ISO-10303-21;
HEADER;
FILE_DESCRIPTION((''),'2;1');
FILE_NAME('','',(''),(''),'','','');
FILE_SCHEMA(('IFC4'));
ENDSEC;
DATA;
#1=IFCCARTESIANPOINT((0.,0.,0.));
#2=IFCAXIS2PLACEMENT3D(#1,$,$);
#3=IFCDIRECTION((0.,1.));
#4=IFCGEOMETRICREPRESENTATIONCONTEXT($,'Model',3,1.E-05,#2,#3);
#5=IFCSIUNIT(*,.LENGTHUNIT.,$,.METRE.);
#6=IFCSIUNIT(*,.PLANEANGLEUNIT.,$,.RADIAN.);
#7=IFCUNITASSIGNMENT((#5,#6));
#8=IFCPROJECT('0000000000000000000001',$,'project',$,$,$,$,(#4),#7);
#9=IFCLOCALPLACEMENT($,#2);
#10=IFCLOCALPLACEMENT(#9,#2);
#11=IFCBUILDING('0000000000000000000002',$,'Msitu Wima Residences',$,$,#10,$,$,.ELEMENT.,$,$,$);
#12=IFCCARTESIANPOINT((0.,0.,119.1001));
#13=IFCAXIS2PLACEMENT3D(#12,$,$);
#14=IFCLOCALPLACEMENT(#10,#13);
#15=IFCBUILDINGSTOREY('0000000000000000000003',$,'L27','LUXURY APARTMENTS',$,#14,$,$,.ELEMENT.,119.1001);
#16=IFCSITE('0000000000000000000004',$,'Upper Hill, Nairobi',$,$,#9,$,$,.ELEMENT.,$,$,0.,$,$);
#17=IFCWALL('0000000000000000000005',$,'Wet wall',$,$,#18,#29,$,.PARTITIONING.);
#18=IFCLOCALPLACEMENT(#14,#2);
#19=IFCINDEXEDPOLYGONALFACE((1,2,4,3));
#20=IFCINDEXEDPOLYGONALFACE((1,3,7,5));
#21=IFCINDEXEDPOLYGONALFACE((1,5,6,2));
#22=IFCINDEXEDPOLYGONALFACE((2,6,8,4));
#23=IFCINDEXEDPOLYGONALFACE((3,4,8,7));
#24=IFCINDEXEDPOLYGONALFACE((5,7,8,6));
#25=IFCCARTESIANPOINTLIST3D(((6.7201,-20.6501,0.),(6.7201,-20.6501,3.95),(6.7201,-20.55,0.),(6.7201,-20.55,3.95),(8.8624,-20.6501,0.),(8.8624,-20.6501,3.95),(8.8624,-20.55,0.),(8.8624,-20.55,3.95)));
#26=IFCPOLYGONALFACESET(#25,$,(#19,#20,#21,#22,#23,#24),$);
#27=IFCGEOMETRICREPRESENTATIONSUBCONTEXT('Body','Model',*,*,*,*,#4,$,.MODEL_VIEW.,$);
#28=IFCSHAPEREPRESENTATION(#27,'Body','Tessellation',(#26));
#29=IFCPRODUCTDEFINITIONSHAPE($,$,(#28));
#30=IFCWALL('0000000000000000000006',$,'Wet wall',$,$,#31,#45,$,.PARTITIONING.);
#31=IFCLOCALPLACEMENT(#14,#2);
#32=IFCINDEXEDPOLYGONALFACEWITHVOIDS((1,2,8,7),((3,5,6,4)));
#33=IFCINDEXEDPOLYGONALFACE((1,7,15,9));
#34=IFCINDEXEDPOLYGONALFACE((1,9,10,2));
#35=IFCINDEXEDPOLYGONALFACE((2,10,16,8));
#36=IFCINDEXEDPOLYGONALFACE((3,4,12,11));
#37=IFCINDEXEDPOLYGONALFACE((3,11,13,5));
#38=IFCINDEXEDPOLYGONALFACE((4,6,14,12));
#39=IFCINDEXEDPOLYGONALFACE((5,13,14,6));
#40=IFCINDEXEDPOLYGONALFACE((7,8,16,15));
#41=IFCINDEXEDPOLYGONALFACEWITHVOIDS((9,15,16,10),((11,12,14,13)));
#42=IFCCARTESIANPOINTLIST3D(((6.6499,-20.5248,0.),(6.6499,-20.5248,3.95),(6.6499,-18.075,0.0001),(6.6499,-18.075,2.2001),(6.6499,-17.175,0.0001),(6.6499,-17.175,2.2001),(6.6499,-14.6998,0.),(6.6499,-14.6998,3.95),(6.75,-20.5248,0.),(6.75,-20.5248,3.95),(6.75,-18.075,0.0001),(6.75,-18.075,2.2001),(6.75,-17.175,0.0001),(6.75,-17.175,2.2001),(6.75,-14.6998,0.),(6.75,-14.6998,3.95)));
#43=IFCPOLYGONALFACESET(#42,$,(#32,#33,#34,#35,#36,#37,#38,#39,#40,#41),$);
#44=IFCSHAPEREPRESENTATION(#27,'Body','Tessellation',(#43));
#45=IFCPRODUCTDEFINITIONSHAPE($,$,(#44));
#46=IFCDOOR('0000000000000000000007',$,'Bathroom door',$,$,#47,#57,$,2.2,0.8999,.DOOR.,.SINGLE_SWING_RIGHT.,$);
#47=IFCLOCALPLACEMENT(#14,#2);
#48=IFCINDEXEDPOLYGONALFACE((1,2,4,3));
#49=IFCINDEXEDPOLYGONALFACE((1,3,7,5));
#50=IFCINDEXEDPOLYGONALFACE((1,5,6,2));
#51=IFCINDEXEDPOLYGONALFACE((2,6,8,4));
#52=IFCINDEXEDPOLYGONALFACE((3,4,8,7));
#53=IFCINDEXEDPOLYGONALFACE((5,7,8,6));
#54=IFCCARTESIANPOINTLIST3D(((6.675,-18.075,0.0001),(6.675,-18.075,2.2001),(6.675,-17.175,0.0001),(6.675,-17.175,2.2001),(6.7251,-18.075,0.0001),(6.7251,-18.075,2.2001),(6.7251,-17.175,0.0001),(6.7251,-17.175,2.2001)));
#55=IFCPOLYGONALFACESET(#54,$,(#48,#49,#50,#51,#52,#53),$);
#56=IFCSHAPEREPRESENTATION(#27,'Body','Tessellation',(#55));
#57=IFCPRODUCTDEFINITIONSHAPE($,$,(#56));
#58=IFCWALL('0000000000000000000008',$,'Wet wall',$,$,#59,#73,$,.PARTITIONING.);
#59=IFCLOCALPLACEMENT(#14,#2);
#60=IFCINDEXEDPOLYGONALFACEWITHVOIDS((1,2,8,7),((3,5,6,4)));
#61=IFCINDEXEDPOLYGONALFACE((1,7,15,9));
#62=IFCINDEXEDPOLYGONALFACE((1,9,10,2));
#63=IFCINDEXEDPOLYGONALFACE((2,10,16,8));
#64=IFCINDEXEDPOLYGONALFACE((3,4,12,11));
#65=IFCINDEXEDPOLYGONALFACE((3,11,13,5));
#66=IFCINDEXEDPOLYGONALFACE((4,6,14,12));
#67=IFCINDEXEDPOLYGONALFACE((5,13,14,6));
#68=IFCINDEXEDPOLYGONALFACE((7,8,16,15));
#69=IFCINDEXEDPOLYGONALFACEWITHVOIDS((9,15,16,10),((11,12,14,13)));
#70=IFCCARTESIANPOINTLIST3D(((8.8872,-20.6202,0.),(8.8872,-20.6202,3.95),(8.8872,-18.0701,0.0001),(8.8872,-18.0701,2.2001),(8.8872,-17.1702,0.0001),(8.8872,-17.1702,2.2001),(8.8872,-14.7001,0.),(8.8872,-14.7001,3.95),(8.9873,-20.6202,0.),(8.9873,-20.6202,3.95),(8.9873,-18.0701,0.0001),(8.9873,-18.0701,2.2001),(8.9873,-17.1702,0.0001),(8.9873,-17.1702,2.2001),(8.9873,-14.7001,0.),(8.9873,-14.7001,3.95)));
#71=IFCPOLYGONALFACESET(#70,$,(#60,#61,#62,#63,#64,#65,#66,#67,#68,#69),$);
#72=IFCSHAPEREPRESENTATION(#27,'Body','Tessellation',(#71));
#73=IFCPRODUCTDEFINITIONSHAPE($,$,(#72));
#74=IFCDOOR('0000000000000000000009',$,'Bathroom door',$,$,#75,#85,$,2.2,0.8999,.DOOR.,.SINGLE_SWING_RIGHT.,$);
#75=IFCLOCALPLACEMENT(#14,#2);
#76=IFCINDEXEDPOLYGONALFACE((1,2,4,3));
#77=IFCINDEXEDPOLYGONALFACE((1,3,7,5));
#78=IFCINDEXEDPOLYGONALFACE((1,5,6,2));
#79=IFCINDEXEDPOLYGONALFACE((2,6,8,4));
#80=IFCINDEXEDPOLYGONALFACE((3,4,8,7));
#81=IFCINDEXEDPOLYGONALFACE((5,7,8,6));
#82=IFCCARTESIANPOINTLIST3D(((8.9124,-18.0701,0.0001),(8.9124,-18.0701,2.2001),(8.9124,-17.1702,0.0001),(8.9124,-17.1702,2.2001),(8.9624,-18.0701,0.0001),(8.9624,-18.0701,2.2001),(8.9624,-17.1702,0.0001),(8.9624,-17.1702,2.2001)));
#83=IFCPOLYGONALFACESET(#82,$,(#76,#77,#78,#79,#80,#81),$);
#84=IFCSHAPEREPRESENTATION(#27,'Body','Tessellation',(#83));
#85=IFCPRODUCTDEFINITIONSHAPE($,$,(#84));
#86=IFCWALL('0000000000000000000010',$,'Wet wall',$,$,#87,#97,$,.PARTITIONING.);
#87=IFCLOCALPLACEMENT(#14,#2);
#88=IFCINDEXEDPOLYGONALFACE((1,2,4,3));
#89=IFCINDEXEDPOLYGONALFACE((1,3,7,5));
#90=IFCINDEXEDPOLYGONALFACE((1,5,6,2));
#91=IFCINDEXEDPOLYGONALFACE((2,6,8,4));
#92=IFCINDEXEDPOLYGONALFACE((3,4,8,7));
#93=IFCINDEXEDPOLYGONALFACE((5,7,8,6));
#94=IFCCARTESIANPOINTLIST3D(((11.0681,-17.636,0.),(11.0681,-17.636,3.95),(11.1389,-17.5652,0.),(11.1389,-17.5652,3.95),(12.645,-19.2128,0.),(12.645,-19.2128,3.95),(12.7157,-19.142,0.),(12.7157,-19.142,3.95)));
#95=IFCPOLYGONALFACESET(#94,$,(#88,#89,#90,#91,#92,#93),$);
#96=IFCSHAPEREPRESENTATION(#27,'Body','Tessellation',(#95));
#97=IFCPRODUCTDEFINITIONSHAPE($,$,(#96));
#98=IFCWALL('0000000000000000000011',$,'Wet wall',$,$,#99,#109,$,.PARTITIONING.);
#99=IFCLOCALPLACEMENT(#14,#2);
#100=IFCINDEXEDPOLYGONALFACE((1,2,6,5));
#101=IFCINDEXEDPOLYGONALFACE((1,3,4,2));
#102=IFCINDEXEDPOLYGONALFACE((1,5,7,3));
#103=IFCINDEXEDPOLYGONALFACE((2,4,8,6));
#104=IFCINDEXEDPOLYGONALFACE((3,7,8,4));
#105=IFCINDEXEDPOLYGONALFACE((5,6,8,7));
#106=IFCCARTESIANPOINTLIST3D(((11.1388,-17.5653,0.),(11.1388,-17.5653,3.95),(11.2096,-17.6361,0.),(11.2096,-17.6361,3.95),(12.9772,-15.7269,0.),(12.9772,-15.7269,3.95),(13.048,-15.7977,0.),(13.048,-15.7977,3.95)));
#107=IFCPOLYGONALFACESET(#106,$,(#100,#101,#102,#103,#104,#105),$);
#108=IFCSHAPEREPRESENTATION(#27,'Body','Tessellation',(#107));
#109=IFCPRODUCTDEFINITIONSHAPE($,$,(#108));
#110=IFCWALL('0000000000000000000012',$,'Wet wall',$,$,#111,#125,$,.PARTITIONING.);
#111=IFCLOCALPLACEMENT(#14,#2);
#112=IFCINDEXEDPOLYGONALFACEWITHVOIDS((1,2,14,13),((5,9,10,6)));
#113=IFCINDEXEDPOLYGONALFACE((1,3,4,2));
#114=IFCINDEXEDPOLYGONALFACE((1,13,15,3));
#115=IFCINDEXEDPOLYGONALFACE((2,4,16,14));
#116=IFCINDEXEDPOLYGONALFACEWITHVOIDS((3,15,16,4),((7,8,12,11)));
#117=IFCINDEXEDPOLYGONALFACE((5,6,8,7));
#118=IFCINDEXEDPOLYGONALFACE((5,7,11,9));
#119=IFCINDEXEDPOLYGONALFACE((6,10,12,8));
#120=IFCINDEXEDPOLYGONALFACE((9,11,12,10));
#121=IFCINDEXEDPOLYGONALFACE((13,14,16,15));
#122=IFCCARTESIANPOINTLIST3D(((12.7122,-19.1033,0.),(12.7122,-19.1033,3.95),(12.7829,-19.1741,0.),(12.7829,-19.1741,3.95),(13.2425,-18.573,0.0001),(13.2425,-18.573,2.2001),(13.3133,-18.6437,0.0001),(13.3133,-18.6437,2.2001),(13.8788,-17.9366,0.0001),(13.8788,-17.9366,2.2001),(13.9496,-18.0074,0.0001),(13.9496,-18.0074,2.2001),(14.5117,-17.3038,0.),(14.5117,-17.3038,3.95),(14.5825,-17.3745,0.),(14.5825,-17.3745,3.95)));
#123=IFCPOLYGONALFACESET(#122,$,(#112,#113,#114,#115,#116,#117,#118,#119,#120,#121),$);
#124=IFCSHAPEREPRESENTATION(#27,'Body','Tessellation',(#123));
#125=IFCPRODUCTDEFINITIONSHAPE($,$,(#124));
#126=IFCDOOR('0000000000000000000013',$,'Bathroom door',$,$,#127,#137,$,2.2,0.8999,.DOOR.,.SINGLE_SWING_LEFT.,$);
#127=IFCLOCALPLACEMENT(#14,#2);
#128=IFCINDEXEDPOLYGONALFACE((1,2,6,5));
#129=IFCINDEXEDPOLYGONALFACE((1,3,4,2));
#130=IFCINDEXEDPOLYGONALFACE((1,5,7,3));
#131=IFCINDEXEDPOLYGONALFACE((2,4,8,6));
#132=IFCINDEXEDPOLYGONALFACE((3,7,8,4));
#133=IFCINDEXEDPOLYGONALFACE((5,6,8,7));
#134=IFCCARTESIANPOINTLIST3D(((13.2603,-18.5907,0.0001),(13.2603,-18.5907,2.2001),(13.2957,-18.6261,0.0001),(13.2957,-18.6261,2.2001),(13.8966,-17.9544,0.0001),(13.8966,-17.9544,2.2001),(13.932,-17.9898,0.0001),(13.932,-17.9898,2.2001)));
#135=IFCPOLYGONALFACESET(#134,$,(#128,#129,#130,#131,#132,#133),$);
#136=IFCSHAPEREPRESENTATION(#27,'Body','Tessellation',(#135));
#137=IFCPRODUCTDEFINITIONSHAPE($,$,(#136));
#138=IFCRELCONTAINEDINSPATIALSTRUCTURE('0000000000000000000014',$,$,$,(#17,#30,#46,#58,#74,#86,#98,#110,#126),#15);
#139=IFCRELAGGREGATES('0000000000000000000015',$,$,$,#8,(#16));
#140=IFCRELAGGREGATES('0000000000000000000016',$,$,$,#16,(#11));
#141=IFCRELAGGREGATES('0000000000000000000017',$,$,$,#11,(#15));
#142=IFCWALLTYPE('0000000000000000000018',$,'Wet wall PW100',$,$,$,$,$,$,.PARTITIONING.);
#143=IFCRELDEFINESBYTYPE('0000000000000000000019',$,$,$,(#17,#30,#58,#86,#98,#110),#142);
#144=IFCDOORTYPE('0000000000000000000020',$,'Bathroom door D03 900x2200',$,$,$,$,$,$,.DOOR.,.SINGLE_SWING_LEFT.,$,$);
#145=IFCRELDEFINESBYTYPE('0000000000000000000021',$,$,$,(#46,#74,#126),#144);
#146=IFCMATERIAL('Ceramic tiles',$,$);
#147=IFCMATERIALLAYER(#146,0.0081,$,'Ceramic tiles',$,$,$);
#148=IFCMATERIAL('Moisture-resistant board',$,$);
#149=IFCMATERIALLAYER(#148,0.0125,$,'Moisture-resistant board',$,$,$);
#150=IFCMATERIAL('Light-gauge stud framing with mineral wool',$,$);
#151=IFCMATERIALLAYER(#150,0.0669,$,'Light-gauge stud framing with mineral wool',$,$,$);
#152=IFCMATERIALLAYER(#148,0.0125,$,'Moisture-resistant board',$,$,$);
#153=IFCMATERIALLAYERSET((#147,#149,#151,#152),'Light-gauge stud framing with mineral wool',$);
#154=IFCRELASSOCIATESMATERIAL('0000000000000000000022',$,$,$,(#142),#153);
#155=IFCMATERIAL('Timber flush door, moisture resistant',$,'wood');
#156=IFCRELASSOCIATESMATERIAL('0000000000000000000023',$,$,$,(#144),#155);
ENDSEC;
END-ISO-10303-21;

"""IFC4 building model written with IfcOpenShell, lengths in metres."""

from ifc_helpers import new_model, si_unit, direction, frame, frame_2d, origin, place, context, subcontext, project, spatial, rectangle, extrude, material, layer, layer_set, type_object, element, fill, save


model = new_model("IFC4")

# Units and contexts
model_context = context("Model", 3, precision=1e-05, world=origin(), true_north=direction((0.0, 1.0)))
body_context = subcontext(model_context, "Body", "Model", "MODEL_VIEW")
ifc_project = project(units=[si_unit("LENGTHUNIT", "METRE"), si_unit("PLANEANGLEUNIT", "RADIAN")], contexts=[model_context])

# Site, building, storey
site_placement = place(None, origin())
site = spatial("IfcSite", under=ifc_project, at=site_placement, Name="Upper Hill, Nairobi", CompositionType="ELEMENT", RefElevation=0.0)
building_placement = place(site_placement, origin())
building = spatial("IfcBuilding", under=site, at=building_placement, Name="Msitu Wima Residences", CompositionType="ELEMENT")
storey_placement = place(building_placement, frame((0.0, 0.0, 119.1001)))
storey = spatial("IfcBuildingStorey", under=building, at=storey_placement, Name="L27", Description="LUXURY APARTMENTS", CompositionType="ELEMENT", Elevation=119.1001)

# Wall
ifc_material_1 = material(Name="Ceramic tiles")
ifc_layer_1 = layer(ifc_material_1, 0.0081, Name="Ceramic tiles")
ifc_material_2 = material(Name="Moisture-resistant board")
ifc_layer_2 = layer(ifc_material_2, 0.0125, Name="Moisture-resistant board")
ifc_material_3 = material(Name="Light-gauge stud framing with mineral wool")
ifc_layer_3 = layer(ifc_material_3, 0.0669, Name="Light-gauge stud framing with mineral wool")
ifc_layer_4 = layer(ifc_material_2, 0.0125, Name="Moisture-resistant board")
ifc_layer_set_1 = layer_set([ifc_layer_1, ifc_layer_2, ifc_layer_3, ifc_layer_4], Name="Light-gauge stud framing with mineral wool")
wall_type_1 = type_object("IfcWallType", Name="Wet wall PW100", PredefinedType="PARTITIONING", material=ifc_layer_set_1)
wall_1_placement = place(storey_placement, frame((6.72, -20.6001, 0.0), z_axis=(0.0, 0.0, 1.0), x_axis=(1.0, 0.0, 0.0)))
element("IfcWall", 1, at=wall_1_placement, inside=storey, type_object=wall_type_1, Name="Wet wall", PredefinedType="PARTITIONING", context=body_context, shape_type="SweptSolid", body=[
    extrude(rectangle(XDim=2.1423, YDim=0.1001, at=frame_2d((1.0713, 0.0))), origin(), (0.0, 0.0, 1.0), 3.95),
])

# Walls, openings, doors
wall_2_placement = place(storey_placement, frame((6.7, -20.5249, 0.0), z_axis=(0.0, 0.0, 1.0), x_axis=(0.0, 1.0, 0.0)))
wall_2 = element("IfcWall", 2, at=wall_2_placement, inside=storey, type_object=wall_type_1, Name="Wet wall", PredefinedType="PARTITIONING", context=body_context, shape_type="SweptSolid", body=[
    extrude(rectangle(XDim=5.825, YDim=0.1001, at=frame_2d((2.9126, 0.0))), origin(), (0.0, 0.0, 1.0), 3.95),
])
opening_1_placement = place(wall_2_placement, frame((2.45, 0.0, 0.0)))
opening_1 = element("IfcOpeningElement", 3, at=opening_1_placement, cuts=wall_2, PredefinedType="OPENING", context=body_context, shape_type="SweptSolid", body=[
    extrude(rectangle(XDim=0.8999, YDim=2.2, at=frame_2d((0.45, 1.1001))), frame((0.0, 0.0601, 0.0), z_axis=(0.0, -1.0, 0.0), x_axis=(1.0, 0.0, 0.0)), (0.0, 0.0, 1.0), 0.1201),
])
ifc_material_4 = material(Name="Timber flush door, moisture resistant", Category="wood")
door_type_1 = type_object("IfcDoorType", Name="Bathroom door D03 900x2200", OperationType="SINGLE_SWING_LEFT", PredefinedType="DOOR", material=ifc_material_4)
door_1_placement = place(opening_1_placement, origin())
door_1 = element("IfcDoor", 4, at=door_1_placement, inside=storey, type_object=door_type_1, Name="Bathroom door", OperationType="SINGLE_SWING_RIGHT", OverallHeight=2.2, OverallWidth=0.8999, PredefinedType="DOOR", context=body_context, shape_type="SweptSolid", body=[
    extrude(rectangle(XDim=0.8999, YDim=2.2, at=frame_2d((0.45, 1.1001))), frame((0.0, 0.0249, 0.0), z_axis=(0.0, -1.0, 0.0), x_axis=(1.0, 0.0, 0.0)), (0.0, 0.0, 1.0), 0.05),
])
fill(opening_1, door_1)
wall_3_placement = place(storey_placement, frame((8.9373, -20.6201, 0.0), z_axis=(0.0, 0.0, 1.0), x_axis=(0.0, 1.0, 0.0)))
wall_3 = element("IfcWall", 5, at=wall_3_placement, inside=storey, type_object=wall_type_1, Name="Wet wall", PredefinedType="PARTITIONING", context=body_context, shape_type="SweptSolid", body=[
    extrude(rectangle(XDim=5.9202, YDim=0.1001, at=frame_2d((2.96, 0.0))), origin(), (0.0, 0.0, 1.0), 3.95),
])
opening_2_placement = place(wall_3_placement, frame((2.55, 0.0, 0.0)))
opening_2 = element("IfcOpeningElement", 6, at=opening_2_placement, cuts=wall_3, PredefinedType="OPENING", context=body_context, shape_type="SweptSolid", body=[
    extrude(rectangle(XDim=0.8999, YDim=2.2, at=frame_2d((0.45, 1.1001))), frame((0.0, 0.0601, 0.0), z_axis=(0.0, -1.0, 0.0), x_axis=(1.0, 0.0, 0.0)), (0.0, 0.0, 1.0), 0.1201),
])
door_2_placement = place(opening_2_placement, origin())
door_2 = element("IfcDoor", 7, at=door_2_placement, inside=storey, type_object=door_type_1, Name="Bathroom door", OperationType="SINGLE_SWING_RIGHT", OverallHeight=2.2, OverallWidth=0.8999, PredefinedType="DOOR", context=body_context, shape_type="SweptSolid", body=[
    extrude(rectangle(XDim=0.8999, YDim=2.2, at=frame_2d((0.45, 1.1001))), frame((0.0, 0.0249, 0.0), z_axis=(0.0, -1.0, 0.0), x_axis=(1.0, 0.0, 0.0)), (0.0, 0.0, 1.0), 0.05),
])
fill(opening_2, door_2)

# Walls
wall_4_placement = place(storey_placement, frame((11.1035, -17.6006, 0.0), z_axis=(0.0, 0.0, 1.0), x_axis=(0.707107, -0.707107, 0.0)))
element("IfcWall", 8, at=wall_4_placement, inside=storey, type_object=wall_type_1, Name="Wet wall", PredefinedType="PARTITIONING", context=body_context, shape_type="SweptSolid", body=[
    extrude(rectangle(XDim=2.23, YDim=0.1001, at=frame_2d((1.115, 0.0))), origin(), (0.0, 0.0, 1.0), 3.95),
])
wall_5_placement = place(storey_placement, frame((11.1743, -17.6006, 0.0), z_axis=(0.0, 0.0, 1.0), x_axis=(0.707107, 0.707107, 0.0)))
element("IfcWall", 9, at=wall_5_placement, inside=storey, type_object=wall_type_1, Name="Wet wall", PredefinedType="PARTITIONING", context=body_context, shape_type="SweptSolid", body=[
    extrude(rectangle(XDim=2.5999, YDim=0.1001, at=frame_2d((1.2998, 0.0))), origin(), (0.0, 0.0, 1.0), 3.95),
])

# Wall, opening, door
wall_6_placement = place(storey_placement, frame((12.7476, -19.1387, 0.0), z_axis=(0.0, 0.0, 1.0), x_axis=(0.707107, 0.707107, 0.0)))
wall_6 = element("IfcWall", 10, at=wall_6_placement, inside=storey, type_object=wall_type_1, Name="Wet wall", PredefinedType="PARTITIONING", context=body_context, shape_type="SweptSolid", body=[
    extrude(rectangle(XDim=2.5449, YDim=0.1001, at=frame_2d((1.2725, 0.0))), origin(), (0.0, 0.0, 1.0), 3.95),
])
opening_3_placement = place(wall_6_placement, frame((0.75, 0.0, 0.0)))
opening_3 = element("IfcOpeningElement", 11, at=opening_3_placement, cuts=wall_6, PredefinedType="OPENING", context=body_context, shape_type="SweptSolid", body=[
    extrude(rectangle(XDim=0.8999, YDim=2.2, at=frame_2d((0.45, 1.1001))), frame((0.0, 0.0601, 0.0), z_axis=(0.0, -1.0, 0.0), x_axis=(1.0, 0.0, 0.0)), (0.0, 0.0, 1.0), 0.1201),
])
door_3_placement = place(opening_3_placement, origin())
door_3 = element("IfcDoor", 12, at=door_3_placement, inside=storey, type_object=door_type_1, Name="Bathroom door", OperationType="SINGLE_SWING_LEFT", OverallHeight=2.2, OverallWidth=0.8999, PredefinedType="DOOR", context=body_context, shape_type="SweptSolid", body=[
    extrude(rectangle(XDim=0.8999, YDim=2.2, at=frame_2d((0.45, 1.1001))), frame((0.0, 0.0249, 0.0), z_axis=(0.0, -1.0, 0.0), x_axis=(1.0, 0.0, 0.0)), (0.0, 0.0, 1.0), 0.05),
])
fill(opening_3, door_3)

save(model, "model.ifc")
